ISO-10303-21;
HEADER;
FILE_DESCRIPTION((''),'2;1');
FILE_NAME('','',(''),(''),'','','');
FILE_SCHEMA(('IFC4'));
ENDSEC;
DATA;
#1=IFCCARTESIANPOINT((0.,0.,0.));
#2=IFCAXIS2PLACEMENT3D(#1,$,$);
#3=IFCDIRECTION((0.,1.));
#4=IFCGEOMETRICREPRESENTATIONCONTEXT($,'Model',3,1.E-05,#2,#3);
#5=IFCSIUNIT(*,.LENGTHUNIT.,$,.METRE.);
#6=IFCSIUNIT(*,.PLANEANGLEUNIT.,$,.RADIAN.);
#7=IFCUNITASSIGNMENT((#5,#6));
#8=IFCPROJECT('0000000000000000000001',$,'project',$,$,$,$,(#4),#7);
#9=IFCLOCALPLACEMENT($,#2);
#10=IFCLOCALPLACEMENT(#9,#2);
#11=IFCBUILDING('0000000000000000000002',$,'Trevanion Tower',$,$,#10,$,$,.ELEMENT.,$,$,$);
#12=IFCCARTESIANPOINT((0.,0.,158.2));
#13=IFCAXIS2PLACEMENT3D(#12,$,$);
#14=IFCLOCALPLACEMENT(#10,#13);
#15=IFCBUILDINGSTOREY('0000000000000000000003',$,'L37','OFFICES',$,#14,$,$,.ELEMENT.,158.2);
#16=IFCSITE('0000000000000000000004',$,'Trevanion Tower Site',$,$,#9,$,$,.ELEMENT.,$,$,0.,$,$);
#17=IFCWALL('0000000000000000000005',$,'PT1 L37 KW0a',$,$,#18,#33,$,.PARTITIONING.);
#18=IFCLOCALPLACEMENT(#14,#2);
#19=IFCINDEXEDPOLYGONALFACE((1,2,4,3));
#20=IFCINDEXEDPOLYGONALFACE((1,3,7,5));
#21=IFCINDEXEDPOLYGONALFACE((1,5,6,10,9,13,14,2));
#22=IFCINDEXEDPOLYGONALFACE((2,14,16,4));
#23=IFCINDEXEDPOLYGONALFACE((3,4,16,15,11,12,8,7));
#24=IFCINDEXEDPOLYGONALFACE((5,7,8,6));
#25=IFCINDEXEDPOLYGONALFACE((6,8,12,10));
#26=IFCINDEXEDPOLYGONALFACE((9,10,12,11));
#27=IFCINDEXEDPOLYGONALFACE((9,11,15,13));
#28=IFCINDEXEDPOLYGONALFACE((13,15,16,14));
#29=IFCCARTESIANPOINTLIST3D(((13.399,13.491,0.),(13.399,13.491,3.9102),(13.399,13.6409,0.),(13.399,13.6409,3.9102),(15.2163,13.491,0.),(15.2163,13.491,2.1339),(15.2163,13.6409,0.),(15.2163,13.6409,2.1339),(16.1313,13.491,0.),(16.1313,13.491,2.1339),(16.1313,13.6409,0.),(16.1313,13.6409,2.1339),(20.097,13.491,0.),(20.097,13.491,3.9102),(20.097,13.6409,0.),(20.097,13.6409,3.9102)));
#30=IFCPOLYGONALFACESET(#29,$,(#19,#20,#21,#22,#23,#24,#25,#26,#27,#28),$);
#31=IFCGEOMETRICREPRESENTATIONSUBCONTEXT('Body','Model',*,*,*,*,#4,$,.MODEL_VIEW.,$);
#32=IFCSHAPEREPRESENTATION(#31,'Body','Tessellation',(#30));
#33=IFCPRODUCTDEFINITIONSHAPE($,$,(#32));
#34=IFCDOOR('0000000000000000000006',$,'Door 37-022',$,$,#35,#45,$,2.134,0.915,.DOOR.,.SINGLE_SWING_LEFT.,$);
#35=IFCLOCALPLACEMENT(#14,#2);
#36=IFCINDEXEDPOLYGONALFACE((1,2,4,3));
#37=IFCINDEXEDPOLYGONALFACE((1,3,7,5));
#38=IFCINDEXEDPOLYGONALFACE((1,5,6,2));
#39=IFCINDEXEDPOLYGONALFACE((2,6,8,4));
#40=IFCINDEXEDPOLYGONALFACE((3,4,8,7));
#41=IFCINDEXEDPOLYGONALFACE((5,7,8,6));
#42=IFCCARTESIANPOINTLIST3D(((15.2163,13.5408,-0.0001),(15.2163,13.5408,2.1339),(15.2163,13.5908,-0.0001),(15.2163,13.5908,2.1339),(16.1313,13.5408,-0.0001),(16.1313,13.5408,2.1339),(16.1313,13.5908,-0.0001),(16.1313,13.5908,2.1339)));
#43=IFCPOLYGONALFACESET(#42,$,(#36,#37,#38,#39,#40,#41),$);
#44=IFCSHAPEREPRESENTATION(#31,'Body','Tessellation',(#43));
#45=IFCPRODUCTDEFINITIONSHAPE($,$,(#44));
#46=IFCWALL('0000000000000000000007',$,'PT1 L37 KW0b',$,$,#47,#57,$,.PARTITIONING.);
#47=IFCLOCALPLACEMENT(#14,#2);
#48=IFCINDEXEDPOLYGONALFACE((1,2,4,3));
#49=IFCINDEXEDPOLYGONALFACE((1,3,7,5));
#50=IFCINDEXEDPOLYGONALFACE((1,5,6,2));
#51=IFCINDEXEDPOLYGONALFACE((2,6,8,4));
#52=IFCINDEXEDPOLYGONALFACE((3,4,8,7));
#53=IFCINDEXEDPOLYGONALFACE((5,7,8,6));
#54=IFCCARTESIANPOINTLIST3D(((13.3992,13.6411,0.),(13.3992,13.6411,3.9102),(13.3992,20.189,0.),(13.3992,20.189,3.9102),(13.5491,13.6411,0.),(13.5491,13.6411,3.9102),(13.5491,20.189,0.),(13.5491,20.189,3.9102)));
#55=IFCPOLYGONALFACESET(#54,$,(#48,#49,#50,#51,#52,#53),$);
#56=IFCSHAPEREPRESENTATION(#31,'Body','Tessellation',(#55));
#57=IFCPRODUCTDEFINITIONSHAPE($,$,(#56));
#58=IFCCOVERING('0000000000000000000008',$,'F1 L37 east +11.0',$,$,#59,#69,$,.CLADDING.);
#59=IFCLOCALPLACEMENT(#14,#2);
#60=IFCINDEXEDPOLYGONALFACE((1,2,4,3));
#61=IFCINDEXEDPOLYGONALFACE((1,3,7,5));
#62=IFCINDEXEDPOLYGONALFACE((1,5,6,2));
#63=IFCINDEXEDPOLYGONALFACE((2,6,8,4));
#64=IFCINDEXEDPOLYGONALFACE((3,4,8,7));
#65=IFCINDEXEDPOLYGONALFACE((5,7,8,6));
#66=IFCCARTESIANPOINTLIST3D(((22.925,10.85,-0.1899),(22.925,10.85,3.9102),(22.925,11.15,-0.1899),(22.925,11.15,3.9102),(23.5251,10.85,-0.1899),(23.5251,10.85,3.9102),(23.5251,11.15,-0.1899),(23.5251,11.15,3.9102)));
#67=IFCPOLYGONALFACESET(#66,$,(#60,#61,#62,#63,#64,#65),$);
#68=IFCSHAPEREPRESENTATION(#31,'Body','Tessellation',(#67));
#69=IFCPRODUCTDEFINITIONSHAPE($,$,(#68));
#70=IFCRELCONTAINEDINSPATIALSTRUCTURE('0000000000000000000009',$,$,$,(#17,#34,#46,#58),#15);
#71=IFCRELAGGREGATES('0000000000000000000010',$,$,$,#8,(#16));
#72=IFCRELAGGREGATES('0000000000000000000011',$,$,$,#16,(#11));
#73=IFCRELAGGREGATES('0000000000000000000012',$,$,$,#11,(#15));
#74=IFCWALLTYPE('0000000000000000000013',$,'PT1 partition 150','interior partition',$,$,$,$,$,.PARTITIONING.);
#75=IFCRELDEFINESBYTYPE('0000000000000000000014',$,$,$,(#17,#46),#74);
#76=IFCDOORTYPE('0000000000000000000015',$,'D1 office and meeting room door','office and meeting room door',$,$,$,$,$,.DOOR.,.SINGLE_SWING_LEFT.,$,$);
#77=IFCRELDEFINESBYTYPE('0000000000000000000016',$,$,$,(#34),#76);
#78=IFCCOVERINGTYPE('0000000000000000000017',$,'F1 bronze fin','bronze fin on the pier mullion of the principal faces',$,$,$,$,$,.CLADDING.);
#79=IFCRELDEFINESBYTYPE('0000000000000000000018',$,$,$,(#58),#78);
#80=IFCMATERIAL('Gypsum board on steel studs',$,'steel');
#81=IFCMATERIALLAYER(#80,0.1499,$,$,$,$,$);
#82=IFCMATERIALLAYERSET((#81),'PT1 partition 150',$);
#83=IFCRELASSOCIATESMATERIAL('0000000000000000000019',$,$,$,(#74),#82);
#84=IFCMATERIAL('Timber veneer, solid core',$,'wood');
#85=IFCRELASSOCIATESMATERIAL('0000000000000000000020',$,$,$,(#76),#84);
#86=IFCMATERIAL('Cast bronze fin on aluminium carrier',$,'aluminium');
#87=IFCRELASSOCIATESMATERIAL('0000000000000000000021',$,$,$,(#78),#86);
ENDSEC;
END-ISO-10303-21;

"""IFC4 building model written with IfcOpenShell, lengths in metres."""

from ifc_helpers import new_model, si_unit, direction, frame, frame_2d, origin, origin_2d, place, context, subcontext, project, spatial, rectangle, extrude, material, layer, layer_set, type_object, element, fill, save


model = new_model("IFC4")

# Units and contexts
model_context = context("Model", 3, precision=1e-05, world=origin(), true_north=direction((0.0, 1.0)))
body_context = subcontext(model_context, "Body", "Model", "MODEL_VIEW")
ifc_project = project(units=[si_unit("LENGTHUNIT", "METRE"), si_unit("PLANEANGLEUNIT", "RADIAN")], contexts=[model_context])

# Site, building, storey
site_placement = place(None, origin())
site = spatial("IfcSite", under=ifc_project, at=site_placement, Name="Trevanion Tower Site", CompositionType="ELEMENT", RefElevation=0.0)
building_placement = place(site_placement, origin())
building = spatial("IfcBuilding", under=site, at=building_placement, Name="Trevanion Tower", CompositionType="ELEMENT")
storey_placement = place(building_placement, frame((0.0, 0.0, 158.2)))
storey = spatial("IfcBuildingStorey", under=building, at=storey_placement, Name="L37", Description="OFFICES", CompositionType="ELEMENT", Elevation=158.2)

# Wall, opening, door
ifc_material_1 = material(Name="Gypsum board on steel studs", Category="steel")
ifc_layer_1 = layer(ifc_material_1, 0.1499)
ifc_layer_set_1 = layer_set([ifc_layer_1], Name="PT1 partition 150")
wall_type = type_object("IfcWallType", Name="PT1 partition 150", Description="interior partition", PredefinedType="PARTITIONING", material=ifc_layer_set_1)
wall_1_placement = place(storey_placement, frame((13.3989, 13.5659, 0.0), z_axis=(0.0, 0.0, 1.0), x_axis=(1.0, 0.0, 0.0)))
wall_1 = element("IfcWall", 1, at=wall_1_placement, inside=storey, type_object=wall_type, Name="PT1 L37 KW0a", PredefinedType="PARTITIONING", context=body_context, shape_type="SweptSolid", body=[
    extrude(rectangle(XDim=6.698, YDim=0.1499, at=frame_2d((3.3491, 0.0))), origin(), (0.0, 0.0, 1.0), 3.9102),
])
opening_placement = place(wall_1_placement, frame((1.8174, 0.0, 0.0)))
opening = element("IfcOpeningElement", 2, at=opening_placement, cuts=wall_1, PredefinedType="OPENING", context=body_context, shape_type="SweptSolid", body=[
    extrude(rectangle(XDim=0.915, YDim=2.134, at=frame_2d((0.4575, 1.0669))), frame((0.0, 0.085, 0.0), z_axis=(0.0, -1.0, 0.0), x_axis=(1.0, 0.0, 0.0)), (0.0, 0.0, 1.0), 0.1699),
])
ifc_material_2 = material(Name="Timber veneer, solid core", Category="wood")
door_type = type_object("IfcDoorType", Name="D1 office and meeting room door", Description="office and meeting room door", OperationType="SINGLE_SWING_LEFT", PredefinedType="DOOR", material=ifc_material_2)
door_placement = place(opening_placement, origin())
door = element("IfcDoor", 3, at=door_placement, inside=storey, type_object=door_type, Name="Door 37-022", OperationType="SINGLE_SWING_LEFT", OverallHeight=2.134, OverallWidth=0.915, PredefinedType="DOOR", context=body_context, shape_type="SweptSolid", body=[
    extrude(rectangle(XDim=0.915, YDim=2.134, at=frame_2d((0.4575, 1.0669))), frame((0.0, 0.0249, 0.0), z_axis=(0.0, -1.0, 0.0), x_axis=(1.0, 0.0, 0.0)), (0.0, 0.0, 1.0), 0.05),
])
fill(opening, door)

# Wall
wall_2_placement = place(storey_placement, frame((13.4741, 13.6411, 0.0), z_axis=(0.0, 0.0, 1.0), x_axis=(0.0, 1.0, 0.0)))
element("IfcWall", 4, at=wall_2_placement, inside=storey, type_object=wall_type, Name="PT1 L37 KW0b", PredefinedType="PARTITIONING", context=body_context, shape_type="SweptSolid", body=[
    extrude(rectangle(XDim=6.5479, YDim=0.1499, at=frame_2d((3.2739, 0.0))), origin(), (0.0, 0.0, 1.0), 3.9102),
])

# Covering
ifc_material_3 = material(Name="Cast bronze fin on aluminium carrier", Category="aluminium")
covering_type = type_object("IfcCoveringType", Name="F1 bronze fin", Description="bronze fin on the pier mullion of the principal faces", PredefinedType="CLADDING", material=ifc_material_3)
covering_placement = place(storey_placement, frame((23.2251, 11.0, -0.1899), z_axis=(0.0, 0.0, 1.0), x_axis=(0.0, 1.0, 0.0)))
element("IfcCovering", 5, at=covering_placement, inside=storey, type_object=covering_type, Name="F1 L37 east +11.0", PredefinedType="CLADDING", context=body_context, shape_type="SweptSolid", body=[
    extrude(rectangle(XDim=0.3, YDim=0.6001, at=origin_2d()), origin(), (0.0, 0.0, 1.0), 4.1001),
])

save(model, "model.ifc")
